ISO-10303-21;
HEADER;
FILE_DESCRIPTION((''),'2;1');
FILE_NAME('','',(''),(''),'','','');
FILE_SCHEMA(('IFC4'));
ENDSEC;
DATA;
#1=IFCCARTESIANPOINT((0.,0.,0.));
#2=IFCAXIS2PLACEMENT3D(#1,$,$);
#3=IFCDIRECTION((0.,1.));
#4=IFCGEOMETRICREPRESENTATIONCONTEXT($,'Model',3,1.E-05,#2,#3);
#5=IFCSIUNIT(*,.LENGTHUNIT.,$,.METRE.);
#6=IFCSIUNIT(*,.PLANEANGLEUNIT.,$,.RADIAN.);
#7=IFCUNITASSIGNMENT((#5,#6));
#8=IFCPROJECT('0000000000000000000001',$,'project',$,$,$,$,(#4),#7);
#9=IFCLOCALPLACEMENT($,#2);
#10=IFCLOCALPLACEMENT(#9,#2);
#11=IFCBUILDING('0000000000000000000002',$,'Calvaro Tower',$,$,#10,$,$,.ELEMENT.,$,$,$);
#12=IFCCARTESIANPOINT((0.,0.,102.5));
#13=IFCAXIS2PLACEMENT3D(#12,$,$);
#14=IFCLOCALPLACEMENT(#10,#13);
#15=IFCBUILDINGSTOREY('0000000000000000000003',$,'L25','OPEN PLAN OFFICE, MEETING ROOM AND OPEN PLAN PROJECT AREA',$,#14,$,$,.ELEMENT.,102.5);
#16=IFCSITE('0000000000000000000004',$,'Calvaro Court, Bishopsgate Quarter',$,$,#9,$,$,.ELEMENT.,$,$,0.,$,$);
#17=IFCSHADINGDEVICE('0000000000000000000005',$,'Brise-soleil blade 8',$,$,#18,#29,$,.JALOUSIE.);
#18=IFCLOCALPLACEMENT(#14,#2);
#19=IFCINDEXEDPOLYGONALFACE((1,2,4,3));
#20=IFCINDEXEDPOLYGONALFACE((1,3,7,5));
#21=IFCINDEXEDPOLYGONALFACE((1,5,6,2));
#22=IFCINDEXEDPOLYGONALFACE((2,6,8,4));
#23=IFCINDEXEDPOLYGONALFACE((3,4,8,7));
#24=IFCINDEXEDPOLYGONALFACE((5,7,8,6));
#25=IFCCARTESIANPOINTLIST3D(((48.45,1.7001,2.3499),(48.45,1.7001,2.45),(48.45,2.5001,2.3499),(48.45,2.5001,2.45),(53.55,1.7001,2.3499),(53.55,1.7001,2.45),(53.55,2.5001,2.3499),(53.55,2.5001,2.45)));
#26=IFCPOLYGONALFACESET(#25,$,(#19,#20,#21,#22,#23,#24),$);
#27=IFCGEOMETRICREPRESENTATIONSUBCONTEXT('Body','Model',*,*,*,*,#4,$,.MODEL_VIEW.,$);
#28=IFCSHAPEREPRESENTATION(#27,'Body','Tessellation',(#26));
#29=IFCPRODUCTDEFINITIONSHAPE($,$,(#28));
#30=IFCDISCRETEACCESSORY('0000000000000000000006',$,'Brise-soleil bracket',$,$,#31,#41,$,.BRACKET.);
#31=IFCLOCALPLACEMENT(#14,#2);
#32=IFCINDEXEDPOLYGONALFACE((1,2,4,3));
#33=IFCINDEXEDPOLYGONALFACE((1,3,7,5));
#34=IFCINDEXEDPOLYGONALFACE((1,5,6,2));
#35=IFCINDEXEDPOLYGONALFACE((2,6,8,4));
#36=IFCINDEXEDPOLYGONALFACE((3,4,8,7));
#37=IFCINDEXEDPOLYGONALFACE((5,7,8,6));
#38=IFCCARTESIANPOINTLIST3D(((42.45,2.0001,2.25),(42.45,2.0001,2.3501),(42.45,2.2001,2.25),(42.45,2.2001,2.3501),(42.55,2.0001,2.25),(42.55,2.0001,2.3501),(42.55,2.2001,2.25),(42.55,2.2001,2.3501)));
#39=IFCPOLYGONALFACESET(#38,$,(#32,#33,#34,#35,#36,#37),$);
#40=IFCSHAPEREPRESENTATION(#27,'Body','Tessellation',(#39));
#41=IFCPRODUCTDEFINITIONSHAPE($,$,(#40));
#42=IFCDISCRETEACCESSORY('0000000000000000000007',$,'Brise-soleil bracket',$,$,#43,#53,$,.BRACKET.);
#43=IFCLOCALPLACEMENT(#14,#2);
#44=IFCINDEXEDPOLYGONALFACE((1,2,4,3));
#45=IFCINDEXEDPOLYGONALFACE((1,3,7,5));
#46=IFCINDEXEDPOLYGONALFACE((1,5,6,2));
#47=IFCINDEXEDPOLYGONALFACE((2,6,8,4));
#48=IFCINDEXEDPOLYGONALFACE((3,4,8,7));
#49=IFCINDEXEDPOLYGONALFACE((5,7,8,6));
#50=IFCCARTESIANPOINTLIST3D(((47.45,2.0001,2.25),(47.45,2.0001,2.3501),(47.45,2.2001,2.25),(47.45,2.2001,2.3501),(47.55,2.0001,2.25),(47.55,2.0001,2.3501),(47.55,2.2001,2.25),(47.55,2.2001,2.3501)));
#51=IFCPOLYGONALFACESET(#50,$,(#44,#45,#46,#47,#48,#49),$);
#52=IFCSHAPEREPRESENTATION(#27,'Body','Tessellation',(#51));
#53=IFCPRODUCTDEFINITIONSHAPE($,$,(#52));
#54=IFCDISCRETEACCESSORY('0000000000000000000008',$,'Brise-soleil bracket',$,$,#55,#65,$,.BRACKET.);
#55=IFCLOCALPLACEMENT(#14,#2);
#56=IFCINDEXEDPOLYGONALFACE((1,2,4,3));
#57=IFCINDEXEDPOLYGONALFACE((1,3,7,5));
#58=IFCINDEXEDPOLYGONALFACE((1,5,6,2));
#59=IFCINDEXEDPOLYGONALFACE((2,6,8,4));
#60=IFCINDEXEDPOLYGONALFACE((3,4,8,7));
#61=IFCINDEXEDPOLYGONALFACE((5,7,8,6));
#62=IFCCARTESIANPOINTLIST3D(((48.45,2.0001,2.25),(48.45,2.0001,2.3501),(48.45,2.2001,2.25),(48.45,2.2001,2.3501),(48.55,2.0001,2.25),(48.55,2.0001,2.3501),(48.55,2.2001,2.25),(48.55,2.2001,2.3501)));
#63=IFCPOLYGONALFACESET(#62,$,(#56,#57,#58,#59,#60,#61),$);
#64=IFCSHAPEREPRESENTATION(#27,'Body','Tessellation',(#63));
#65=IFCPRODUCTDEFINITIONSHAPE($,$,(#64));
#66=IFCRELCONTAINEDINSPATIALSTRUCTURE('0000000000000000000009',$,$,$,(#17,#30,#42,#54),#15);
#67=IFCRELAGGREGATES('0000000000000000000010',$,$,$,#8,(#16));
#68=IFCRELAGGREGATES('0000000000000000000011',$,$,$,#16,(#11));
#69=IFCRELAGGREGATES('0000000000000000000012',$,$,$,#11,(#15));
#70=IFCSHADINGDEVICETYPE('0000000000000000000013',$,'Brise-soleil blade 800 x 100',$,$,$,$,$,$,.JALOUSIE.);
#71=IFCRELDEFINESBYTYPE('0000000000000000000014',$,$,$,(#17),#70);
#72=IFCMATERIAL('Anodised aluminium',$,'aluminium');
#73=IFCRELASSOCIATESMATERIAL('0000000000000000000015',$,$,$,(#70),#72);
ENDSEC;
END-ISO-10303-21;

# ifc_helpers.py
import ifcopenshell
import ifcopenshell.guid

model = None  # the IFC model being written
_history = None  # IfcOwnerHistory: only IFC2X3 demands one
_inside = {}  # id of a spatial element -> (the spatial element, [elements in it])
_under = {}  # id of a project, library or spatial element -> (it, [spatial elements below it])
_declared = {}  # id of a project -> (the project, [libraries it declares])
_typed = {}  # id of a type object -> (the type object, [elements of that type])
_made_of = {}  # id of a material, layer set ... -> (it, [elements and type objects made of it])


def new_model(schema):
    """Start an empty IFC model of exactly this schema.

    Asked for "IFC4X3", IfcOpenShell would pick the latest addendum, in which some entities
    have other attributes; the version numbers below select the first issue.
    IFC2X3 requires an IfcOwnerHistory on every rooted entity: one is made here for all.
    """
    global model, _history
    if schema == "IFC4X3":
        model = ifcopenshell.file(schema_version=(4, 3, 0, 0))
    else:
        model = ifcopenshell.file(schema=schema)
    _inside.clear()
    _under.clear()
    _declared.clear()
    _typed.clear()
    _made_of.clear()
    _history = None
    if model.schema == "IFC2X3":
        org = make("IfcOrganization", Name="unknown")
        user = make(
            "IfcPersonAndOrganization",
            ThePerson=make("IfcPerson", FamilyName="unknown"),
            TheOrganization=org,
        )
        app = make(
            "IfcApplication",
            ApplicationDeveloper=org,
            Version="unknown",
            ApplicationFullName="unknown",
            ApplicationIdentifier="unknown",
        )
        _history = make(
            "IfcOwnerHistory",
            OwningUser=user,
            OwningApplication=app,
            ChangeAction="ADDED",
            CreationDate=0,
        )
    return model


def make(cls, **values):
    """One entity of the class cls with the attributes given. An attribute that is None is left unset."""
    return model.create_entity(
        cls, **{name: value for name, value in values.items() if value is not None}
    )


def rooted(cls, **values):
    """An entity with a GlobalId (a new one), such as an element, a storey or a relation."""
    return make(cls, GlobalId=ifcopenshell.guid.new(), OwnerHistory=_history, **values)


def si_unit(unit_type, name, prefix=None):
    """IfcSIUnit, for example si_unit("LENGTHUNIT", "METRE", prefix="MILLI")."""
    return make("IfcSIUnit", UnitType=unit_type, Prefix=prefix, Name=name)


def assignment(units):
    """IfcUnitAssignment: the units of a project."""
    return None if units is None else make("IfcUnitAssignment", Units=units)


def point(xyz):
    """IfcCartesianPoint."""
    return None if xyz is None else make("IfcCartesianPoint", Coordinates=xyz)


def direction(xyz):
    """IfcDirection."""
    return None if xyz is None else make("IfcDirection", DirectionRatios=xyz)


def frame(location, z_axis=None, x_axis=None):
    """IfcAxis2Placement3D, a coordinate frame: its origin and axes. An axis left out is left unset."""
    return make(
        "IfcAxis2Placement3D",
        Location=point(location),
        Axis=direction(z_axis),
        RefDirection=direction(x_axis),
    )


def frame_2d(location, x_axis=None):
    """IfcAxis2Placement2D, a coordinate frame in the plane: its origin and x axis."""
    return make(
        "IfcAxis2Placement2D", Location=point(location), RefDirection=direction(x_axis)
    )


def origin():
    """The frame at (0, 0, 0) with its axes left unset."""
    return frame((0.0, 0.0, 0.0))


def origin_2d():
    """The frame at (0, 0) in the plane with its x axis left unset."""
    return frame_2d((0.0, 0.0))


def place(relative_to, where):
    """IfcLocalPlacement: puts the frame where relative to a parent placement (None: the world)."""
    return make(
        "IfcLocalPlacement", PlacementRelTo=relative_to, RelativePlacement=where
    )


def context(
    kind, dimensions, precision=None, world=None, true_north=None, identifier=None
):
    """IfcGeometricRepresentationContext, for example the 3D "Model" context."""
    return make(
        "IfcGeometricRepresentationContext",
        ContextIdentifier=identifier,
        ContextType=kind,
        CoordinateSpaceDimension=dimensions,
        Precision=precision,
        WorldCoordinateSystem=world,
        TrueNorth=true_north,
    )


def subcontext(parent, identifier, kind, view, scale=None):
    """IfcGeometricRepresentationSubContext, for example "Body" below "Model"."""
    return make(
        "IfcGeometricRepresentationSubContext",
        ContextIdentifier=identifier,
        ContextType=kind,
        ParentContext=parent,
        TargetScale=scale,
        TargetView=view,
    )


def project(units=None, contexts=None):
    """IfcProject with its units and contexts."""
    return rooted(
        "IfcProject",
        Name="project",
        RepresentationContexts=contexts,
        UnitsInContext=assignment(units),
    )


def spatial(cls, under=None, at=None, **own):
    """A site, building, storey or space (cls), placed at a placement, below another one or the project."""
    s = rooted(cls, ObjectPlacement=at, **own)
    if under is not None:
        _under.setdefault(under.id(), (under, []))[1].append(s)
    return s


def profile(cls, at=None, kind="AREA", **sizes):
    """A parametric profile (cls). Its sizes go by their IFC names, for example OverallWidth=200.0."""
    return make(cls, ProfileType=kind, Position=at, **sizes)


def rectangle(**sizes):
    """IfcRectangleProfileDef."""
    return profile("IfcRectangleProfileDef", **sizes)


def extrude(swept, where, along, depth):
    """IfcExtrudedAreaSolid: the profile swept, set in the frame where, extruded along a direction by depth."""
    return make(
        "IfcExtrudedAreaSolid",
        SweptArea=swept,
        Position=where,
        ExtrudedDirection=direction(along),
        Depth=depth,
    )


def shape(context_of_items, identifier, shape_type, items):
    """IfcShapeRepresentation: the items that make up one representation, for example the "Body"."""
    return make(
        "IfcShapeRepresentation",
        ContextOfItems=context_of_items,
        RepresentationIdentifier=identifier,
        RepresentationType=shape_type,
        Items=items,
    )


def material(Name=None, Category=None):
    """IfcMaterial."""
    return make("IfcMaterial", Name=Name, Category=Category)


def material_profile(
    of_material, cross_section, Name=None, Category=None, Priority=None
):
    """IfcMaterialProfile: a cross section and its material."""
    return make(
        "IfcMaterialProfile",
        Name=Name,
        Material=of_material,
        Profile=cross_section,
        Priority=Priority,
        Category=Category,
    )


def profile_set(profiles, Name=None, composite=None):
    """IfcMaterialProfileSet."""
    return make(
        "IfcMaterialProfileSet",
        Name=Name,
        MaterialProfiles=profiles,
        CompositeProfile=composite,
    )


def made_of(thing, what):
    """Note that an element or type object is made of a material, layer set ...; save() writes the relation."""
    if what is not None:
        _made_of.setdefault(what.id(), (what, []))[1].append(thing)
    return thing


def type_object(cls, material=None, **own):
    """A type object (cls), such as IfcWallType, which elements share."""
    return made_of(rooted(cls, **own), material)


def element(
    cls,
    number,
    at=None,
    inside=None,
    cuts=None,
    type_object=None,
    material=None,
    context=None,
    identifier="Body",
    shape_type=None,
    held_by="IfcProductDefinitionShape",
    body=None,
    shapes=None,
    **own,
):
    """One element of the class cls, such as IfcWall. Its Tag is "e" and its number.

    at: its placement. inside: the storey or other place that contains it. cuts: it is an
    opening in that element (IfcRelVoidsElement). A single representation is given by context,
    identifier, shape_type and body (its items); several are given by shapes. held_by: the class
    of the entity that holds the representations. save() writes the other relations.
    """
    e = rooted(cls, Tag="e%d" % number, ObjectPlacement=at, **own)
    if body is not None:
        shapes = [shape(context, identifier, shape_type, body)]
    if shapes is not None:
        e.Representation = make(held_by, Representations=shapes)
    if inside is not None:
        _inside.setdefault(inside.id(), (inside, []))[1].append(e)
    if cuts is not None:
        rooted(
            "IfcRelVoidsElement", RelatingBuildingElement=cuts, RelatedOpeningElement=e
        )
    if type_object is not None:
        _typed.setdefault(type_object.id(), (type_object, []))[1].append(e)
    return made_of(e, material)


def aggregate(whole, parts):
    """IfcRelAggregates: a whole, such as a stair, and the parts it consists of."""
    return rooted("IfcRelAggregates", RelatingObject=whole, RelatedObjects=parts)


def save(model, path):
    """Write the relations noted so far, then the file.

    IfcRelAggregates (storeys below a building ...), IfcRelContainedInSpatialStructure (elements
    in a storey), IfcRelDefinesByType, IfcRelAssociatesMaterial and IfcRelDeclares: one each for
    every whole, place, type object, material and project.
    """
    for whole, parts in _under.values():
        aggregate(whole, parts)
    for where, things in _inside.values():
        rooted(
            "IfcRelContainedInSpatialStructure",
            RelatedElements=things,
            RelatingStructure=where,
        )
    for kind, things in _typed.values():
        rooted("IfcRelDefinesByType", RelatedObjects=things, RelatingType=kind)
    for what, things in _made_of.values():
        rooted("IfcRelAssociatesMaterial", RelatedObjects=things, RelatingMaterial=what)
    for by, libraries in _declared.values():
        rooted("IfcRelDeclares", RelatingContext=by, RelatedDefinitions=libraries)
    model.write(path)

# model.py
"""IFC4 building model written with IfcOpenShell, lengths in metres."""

from ifc_helpers import new_model, si_unit, direction, frame, origin, origin_2d, place, context, subcontext, project, spatial, rectangle, extrude, material, material_profile, profile_set, type_object, element, save


model = new_model("IFC4")

# Units and contexts
model_context = context("Model", 3, precision=1e-05, world=origin(), true_north=direction((0.0, 1.0)))
body_context = subcontext(model_context, "Body", "Model", "MODEL_VIEW")
ifc_project = project(units=[si_unit("LENGTHUNIT", "METRE"), si_unit("PLANEANGLEUNIT", "RADIAN")], contexts=[model_context])

# Site, building, storey
site_placement = place(None, origin())
site = spatial("IfcSite", under=ifc_project, at=site_placement, Name="Calvaro Court, Bishopsgate Quarter", CompositionType="ELEMENT", RefElevation=0.0)
building_placement = place(site_placement, origin())
building = spatial("IfcBuilding", under=site, at=building_placement, Name="Calvaro Tower", CompositionType="ELEMENT")
storey_placement = place(building_placement, frame((0.0, 0.0, 102.5)))
storey = spatial("IfcBuildingStorey", under=building, at=storey_placement, Name="L25", Description="OPEN PLAN OFFICE, MEETING ROOM AND OPEN PLAN PROJECT AREA", CompositionType="ELEMENT", Elevation=102.5)

# Shading device
ifc_material_1 = material(Name="Anodised aluminium", Category="aluminium")
ifc_material_profile_1 = material_profile(ifc_material_1, rectangle(XDim=0.8, YDim=0.1001, at=origin_2d()), Name="Brise-soleil blade 800 x 100")
ifc_profile_set_1 = profile_set([ifc_material_profile_1], Name="Anodised aluminium")
shading_device_type = type_object("IfcShadingDeviceType", Name="Brise-soleil blade 800 x 100", PredefinedType="JALOUSIE", material=ifc_profile_set_1)
shading_device_placement = place(storey_placement, frame((48.45, 2.1001, 2.3999), z_axis=(1.0, 0.0, 0.0), x_axis=(0.0, 1.0, 0.0)))
element("IfcShadingDevice", 1, at=shading_device_placement, inside=storey, type_object=shading_device_type, Name="Brise-soleil blade 8", PredefinedType="JALOUSIE", context=body_context, shape_type="SweptSolid", body=[
    extrude(rectangle(XDim=0.8, YDim=0.1001, at=origin_2d()), origin(), (0.0, 0.0, 1.0), 5.1001),
])

# Discrete accessories
for number, where, z_axis, x_axis, name in (
    (2, (42.5, 2.1001, 2.25), (0.0, 0.0, 1.0), (1.0, 0.0, 0.0), "Brise-soleil bracket"),
    (3, (47.5, 2.1001, 2.25), (0.0, 0.0, 1.0), (1.0, 0.0, 0.0), "Brise-soleil bracket"),
    (4, (48.5, 2.1001, 2.25), (0.0, 0.0, 1.0), (1.0, 0.0, 0.0), "Brise-soleil bracket"),
):
    element("IfcDiscreteAccessory", number, at=place(storey_placement, frame(where, z_axis=z_axis, x_axis=x_axis)), inside=storey, Name=name, PredefinedType="BRACKET", context=body_context, shape_type="SweptSolid", body=[
        extrude(rectangle(XDim=0.1001, YDim=0.2, at=origin_2d()), origin(), (0.0, 0.0, 1.0), 0.1001),
    ])

save(model, "model.ifc")
